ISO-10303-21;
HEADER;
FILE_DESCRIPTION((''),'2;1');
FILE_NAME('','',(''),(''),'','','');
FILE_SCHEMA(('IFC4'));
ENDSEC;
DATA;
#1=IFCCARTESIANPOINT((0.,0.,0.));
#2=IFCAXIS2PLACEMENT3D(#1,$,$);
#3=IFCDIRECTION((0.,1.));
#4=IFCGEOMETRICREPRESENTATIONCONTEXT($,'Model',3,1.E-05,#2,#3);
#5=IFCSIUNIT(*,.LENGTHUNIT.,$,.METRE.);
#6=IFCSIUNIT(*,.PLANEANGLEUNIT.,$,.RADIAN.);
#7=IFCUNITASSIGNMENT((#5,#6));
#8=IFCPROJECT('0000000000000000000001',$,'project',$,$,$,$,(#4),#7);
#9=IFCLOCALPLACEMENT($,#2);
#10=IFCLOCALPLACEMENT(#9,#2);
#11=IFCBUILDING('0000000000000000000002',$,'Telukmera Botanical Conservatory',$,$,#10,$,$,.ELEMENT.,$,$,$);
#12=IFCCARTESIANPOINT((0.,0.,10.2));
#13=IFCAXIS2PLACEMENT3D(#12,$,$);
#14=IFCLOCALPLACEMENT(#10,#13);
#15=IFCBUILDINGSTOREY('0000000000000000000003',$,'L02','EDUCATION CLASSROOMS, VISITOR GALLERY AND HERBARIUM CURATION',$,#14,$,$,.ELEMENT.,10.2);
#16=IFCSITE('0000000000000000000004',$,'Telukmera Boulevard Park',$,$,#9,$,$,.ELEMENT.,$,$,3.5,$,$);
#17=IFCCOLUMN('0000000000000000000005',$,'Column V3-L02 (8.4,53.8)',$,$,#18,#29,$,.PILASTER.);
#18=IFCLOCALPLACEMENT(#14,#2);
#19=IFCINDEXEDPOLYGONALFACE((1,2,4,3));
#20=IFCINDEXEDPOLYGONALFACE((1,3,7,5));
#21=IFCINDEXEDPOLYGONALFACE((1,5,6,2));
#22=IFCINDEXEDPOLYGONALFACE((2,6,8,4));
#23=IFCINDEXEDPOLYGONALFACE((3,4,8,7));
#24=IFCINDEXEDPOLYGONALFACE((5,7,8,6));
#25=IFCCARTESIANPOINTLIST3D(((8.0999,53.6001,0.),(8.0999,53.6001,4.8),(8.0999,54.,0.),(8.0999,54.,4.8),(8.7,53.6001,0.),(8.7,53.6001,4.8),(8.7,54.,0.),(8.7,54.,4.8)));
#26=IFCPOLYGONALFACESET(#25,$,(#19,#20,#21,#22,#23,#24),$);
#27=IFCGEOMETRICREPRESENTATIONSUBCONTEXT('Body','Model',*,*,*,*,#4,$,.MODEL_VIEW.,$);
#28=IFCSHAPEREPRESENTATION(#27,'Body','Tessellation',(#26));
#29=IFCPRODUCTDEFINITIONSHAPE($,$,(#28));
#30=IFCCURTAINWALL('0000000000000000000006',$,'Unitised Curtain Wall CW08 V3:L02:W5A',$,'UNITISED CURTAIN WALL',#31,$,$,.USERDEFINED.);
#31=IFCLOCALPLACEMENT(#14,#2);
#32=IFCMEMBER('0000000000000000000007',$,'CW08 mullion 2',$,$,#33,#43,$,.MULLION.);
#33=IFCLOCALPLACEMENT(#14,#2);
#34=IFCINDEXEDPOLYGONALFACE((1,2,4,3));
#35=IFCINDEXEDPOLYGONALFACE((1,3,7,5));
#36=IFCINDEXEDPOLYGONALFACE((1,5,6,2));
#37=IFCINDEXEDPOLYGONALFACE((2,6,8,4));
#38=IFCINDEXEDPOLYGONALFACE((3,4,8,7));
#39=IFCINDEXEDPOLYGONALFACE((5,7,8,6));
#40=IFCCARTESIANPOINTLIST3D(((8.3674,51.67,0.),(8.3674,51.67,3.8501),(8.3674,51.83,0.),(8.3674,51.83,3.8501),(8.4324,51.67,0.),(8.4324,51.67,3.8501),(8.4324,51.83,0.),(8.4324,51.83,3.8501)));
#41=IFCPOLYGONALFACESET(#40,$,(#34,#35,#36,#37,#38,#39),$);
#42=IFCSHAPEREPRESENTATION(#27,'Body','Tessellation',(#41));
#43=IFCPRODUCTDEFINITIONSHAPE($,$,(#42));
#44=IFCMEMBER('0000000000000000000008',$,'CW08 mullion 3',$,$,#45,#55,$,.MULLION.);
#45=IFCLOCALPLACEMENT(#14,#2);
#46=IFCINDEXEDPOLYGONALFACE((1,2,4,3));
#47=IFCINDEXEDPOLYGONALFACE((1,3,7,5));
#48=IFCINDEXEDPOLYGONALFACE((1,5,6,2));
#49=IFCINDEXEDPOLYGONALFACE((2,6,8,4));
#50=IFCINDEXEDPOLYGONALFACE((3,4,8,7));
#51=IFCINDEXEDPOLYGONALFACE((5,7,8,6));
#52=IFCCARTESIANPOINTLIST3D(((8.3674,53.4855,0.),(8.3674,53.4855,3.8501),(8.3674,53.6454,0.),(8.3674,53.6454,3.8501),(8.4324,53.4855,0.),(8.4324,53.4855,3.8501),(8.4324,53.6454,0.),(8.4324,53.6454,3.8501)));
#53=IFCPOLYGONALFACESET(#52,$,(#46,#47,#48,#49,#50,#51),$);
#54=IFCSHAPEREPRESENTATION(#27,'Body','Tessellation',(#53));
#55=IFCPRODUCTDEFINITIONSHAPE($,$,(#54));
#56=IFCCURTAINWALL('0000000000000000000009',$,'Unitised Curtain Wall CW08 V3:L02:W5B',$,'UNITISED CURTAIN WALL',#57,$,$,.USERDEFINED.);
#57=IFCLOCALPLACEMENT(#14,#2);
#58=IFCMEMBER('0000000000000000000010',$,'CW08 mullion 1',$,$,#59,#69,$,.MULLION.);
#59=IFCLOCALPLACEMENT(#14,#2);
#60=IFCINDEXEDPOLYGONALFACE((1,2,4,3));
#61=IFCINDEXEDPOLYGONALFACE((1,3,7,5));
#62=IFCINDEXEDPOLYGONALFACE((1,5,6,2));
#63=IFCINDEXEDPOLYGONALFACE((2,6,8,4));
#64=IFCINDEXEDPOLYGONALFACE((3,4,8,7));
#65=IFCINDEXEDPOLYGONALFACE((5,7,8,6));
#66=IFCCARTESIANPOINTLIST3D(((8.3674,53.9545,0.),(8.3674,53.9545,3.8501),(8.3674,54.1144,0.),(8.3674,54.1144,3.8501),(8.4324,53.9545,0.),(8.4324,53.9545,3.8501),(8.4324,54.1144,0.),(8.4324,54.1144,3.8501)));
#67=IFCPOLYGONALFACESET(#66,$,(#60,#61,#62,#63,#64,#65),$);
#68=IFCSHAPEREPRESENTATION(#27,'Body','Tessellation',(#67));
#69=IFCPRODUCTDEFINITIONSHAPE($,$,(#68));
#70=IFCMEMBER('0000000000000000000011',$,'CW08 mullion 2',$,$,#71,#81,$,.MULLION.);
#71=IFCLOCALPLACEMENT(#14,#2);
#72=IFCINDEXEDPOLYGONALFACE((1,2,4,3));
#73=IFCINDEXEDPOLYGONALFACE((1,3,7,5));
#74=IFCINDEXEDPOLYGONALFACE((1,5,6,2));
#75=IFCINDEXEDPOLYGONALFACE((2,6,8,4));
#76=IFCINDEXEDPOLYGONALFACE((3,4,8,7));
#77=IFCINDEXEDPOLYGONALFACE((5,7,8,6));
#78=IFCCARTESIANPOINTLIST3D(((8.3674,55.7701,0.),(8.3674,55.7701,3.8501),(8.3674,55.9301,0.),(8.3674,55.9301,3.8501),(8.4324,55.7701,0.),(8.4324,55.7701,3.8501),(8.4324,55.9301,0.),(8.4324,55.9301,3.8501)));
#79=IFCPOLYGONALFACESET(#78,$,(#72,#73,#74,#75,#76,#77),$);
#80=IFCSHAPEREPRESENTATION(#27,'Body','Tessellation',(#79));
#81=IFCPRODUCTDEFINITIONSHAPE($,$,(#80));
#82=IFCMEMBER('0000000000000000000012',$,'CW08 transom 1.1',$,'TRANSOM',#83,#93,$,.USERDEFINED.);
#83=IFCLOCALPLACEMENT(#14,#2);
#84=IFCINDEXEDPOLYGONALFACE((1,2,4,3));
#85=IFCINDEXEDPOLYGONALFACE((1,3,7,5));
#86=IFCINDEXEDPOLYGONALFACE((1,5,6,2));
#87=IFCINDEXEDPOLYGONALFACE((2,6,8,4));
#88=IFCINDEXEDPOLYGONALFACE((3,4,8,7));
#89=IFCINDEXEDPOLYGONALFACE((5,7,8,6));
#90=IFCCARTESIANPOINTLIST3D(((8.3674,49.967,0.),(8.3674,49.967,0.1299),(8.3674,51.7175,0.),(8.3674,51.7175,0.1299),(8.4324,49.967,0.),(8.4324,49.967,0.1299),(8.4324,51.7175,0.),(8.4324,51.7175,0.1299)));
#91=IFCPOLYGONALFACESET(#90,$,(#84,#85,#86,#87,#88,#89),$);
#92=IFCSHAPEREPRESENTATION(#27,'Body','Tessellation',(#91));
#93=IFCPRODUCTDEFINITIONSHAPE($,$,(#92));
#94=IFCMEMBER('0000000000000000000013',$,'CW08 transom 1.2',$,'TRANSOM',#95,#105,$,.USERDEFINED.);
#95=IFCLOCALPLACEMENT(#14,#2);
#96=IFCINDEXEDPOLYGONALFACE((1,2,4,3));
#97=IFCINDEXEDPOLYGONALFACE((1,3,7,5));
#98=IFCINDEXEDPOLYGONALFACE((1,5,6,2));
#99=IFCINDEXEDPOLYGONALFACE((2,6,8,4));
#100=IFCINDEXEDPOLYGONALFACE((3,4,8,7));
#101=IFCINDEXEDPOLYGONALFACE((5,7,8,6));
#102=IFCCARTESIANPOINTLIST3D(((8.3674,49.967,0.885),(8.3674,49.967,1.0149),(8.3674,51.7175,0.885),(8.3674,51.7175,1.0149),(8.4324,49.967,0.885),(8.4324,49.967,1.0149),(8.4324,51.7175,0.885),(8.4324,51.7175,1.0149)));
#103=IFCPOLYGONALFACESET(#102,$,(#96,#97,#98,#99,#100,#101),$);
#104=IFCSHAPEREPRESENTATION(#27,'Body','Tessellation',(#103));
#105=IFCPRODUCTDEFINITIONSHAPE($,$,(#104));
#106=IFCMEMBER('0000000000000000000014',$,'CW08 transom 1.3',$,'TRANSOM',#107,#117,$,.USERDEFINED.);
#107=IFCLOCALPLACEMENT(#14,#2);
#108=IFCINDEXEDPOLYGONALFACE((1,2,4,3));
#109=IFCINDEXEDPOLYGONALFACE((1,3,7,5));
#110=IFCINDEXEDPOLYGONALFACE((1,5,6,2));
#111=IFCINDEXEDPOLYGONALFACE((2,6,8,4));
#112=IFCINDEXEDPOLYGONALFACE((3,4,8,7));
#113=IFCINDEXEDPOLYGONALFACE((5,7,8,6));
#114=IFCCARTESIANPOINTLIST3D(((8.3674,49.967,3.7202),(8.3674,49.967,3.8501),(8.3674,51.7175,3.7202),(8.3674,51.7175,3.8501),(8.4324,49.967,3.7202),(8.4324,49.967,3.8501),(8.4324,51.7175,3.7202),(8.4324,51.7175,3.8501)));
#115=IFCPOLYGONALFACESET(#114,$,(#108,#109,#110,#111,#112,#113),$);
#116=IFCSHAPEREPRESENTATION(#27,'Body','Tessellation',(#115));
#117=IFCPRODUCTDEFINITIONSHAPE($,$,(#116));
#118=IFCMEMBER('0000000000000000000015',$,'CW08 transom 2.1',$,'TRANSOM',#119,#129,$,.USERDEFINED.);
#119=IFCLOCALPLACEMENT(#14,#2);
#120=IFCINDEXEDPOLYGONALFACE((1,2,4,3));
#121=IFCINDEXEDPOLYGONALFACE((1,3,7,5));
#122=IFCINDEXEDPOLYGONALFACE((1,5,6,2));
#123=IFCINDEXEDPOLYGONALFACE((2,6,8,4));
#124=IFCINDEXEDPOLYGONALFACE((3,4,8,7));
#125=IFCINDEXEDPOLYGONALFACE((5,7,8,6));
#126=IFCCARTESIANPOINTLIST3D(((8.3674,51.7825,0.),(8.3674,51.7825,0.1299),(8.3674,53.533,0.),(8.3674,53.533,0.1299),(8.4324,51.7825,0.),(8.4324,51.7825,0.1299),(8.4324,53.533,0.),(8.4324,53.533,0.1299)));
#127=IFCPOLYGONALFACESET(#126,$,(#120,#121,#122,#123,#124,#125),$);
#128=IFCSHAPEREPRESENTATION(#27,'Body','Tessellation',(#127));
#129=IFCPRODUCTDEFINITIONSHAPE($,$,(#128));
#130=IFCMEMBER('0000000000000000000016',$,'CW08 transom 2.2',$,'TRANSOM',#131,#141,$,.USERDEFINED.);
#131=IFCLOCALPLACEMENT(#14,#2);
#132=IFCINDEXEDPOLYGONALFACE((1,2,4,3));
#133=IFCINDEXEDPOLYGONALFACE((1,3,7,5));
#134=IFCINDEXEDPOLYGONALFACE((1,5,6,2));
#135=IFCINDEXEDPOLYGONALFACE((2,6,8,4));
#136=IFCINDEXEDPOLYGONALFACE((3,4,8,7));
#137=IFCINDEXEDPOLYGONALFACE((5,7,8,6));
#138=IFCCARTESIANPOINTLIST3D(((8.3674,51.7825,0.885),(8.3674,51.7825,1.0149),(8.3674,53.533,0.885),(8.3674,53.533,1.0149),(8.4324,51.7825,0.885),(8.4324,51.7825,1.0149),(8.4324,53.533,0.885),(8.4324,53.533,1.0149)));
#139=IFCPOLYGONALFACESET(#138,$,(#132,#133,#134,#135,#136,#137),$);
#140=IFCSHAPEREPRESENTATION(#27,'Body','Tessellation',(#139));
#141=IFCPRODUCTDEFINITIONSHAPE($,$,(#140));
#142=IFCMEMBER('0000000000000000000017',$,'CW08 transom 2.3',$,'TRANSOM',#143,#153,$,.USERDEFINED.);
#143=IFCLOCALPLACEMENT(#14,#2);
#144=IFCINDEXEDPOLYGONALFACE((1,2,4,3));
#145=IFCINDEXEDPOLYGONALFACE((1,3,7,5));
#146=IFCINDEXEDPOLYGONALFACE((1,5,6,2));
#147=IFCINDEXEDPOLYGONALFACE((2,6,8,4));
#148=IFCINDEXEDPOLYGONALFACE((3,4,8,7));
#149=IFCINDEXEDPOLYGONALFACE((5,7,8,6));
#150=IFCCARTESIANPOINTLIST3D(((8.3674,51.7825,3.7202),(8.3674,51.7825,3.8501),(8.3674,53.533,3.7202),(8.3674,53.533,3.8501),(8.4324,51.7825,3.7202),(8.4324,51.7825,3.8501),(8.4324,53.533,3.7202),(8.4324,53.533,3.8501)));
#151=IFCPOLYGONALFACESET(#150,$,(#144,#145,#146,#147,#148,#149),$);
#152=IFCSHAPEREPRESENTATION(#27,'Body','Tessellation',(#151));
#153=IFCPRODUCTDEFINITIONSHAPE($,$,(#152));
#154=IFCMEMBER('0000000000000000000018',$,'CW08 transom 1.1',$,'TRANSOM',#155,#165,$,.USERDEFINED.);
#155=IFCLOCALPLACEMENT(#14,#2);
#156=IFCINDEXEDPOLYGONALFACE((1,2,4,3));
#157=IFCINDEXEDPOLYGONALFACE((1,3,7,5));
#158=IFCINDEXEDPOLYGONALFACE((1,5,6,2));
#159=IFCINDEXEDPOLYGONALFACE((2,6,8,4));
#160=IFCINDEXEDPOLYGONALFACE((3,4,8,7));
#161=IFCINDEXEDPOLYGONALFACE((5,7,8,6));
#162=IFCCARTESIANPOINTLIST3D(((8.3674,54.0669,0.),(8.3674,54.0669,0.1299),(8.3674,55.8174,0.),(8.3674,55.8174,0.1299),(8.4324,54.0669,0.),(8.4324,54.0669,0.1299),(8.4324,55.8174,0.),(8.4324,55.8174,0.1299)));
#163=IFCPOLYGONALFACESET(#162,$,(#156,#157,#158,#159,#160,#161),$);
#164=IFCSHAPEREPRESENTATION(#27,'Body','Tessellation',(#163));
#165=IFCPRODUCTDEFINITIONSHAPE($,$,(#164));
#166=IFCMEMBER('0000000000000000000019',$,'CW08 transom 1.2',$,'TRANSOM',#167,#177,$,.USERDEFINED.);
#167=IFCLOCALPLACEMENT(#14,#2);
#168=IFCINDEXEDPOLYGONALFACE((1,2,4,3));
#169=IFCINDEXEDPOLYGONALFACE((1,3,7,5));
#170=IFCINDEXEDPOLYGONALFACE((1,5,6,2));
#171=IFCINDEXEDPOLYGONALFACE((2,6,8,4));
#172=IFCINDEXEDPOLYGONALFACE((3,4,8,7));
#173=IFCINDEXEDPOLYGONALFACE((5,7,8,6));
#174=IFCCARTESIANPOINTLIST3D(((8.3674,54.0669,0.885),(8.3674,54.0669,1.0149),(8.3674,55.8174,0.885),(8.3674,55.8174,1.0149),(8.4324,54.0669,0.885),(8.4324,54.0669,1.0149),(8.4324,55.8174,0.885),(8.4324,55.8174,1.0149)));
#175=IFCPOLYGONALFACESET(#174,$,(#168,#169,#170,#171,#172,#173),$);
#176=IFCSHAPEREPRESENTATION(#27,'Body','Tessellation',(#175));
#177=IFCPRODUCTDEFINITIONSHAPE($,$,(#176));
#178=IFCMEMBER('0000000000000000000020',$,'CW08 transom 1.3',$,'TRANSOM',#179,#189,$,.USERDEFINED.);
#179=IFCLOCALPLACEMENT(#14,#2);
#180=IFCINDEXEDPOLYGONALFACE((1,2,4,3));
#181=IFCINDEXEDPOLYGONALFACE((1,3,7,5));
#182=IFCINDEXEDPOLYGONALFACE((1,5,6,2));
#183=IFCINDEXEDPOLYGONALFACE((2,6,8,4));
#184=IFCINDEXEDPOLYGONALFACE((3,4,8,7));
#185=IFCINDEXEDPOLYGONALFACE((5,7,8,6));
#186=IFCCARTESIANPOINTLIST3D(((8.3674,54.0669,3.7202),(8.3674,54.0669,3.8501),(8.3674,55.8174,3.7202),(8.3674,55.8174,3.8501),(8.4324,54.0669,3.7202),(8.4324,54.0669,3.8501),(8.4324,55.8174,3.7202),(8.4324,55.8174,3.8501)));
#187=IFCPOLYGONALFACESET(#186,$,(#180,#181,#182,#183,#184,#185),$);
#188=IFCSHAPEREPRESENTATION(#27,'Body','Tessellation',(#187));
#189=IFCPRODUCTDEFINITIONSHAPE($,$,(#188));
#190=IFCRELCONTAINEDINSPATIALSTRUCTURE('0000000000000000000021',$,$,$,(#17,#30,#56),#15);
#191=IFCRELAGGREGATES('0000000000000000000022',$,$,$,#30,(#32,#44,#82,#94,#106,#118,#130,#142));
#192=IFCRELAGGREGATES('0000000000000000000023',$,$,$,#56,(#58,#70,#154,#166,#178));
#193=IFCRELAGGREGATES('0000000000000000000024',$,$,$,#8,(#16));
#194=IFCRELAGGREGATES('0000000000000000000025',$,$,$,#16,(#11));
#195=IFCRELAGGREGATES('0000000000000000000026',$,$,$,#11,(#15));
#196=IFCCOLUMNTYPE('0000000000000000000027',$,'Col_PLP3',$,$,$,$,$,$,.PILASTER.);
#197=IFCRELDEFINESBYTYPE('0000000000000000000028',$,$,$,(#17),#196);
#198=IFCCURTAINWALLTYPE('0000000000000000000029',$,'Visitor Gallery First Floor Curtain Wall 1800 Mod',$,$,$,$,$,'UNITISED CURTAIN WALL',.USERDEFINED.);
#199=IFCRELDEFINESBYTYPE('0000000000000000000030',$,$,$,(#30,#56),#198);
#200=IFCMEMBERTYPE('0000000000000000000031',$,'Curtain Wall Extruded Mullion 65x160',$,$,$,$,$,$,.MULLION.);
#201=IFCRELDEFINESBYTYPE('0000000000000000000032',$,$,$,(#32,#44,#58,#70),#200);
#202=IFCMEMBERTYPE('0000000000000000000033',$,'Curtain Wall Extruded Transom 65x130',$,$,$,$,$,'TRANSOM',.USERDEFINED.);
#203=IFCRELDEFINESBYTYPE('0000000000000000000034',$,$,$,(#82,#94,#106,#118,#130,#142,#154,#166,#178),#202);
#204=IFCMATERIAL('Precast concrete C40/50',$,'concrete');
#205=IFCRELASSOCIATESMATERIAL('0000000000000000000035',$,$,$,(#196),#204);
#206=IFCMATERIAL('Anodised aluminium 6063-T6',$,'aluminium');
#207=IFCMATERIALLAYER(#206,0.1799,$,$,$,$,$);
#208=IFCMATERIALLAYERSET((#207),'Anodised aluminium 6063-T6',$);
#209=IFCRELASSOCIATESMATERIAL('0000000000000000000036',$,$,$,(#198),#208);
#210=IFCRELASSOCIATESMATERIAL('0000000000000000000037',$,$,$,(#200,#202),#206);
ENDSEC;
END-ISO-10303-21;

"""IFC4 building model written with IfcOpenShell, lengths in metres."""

from ifc_helpers import new_model, si_unit, direction, frame, origin, origin_2d, place, context, subcontext, project, spatial, rectangle, extrude, material, layer, layer_set, material_profile, profile_set, type_object, element, aggregate, save


model = new_model("IFC4")

# Units and contexts
model_context = context("Model", 3, precision=1e-05, world=origin(), true_north=direction((0.0, 1.0)))
body_context = subcontext(model_context, "Body", "Model", "MODEL_VIEW")
ifc_project = project(units=[si_unit("LENGTHUNIT", "METRE"), si_unit("PLANEANGLEUNIT", "RADIAN")], contexts=[model_context])

# Site, building, storey
site_placement = place(None, origin())
site = spatial("IfcSite", under=ifc_project, at=site_placement, Name="Telukmera Boulevard Park", CompositionType="ELEMENT", RefElevation=3.5)
building_placement = place(site_placement, origin())
building = spatial("IfcBuilding", under=site, at=building_placement, Name="Telukmera Botanical Conservatory", CompositionType="ELEMENT")
storey_placement = place(building_placement, frame((0.0, 0.0, 10.2)))
storey = spatial("IfcBuildingStorey", under=building, at=storey_placement, Name="L02", Description="EDUCATION CLASSROOMS, VISITOR GALLERY AND HERBARIUM CURATION", CompositionType="ELEMENT", Elevation=10.2)

# Column
ifc_material_1 = material(Name="Precast concrete C40/50", Category="concrete")
ifc_material_profile_1 = material_profile(ifc_material_1, rectangle(XDim=0.6001, YDim=0.3999, at=origin_2d()), Name="PC 600x400")
ifc_profile_set_1 = profile_set([ifc_material_profile_1], Name="Precast concrete C40/50")
column_type = type_object("IfcColumnType", Name="Col_PLP3", PredefinedType="PILASTER", material=ifc_profile_set_1)
column_placement = place(storey_placement, frame((8.3999, 53.8, 0.0), z_axis=(0.0, 0.0, 1.0), x_axis=(1.0, 0.0, 0.0)))
element("IfcColumn", 1, at=column_placement, inside=storey, type_object=column_type, Name="Column V3-L02 (8.4,53.8)", PredefinedType="PILASTER", context=body_context, shape_type="SweptSolid", body=[
    extrude(rectangle(XDim=0.6001, YDim=0.3999, at=origin_2d()), origin(), (0.0, 0.0, 1.0), 4.8),
])

# Curtain walls, members
ifc_material_2 = material(Name="Anodised aluminium 6063-T6", Category="aluminium")
ifc_layer_1 = layer(ifc_material_2, 0.1799)
ifc_layer_set_1 = layer_set([ifc_layer_1], Name="Anodised aluminium 6063-T6")
curtain_wall_type = type_object("IfcCurtainWallType", Name="Visitor Gallery First Floor Curtain Wall 1800 Mod", ElementType="UNITISED CURTAIN WALL", PredefinedType="USERDEFINED", material=ifc_layer_set_1)
curtain_wall_1_placement = place(storey_placement, origin())
curtain_wall_1 = element("IfcCurtainWall", 2, at=curtain_wall_1_placement, inside=storey, type_object=curtain_wall_type, Name="Unitised Curtain Wall CW08 V3:L02:W5A", ObjectType="UNITISED CURTAIN WALL", PredefinedType="USERDEFINED")
ifc_material_profile_2 = material_profile(ifc_material_2, rectangle(XDim=0.0649, YDim=0.1599, at=origin_2d()), Name="ALU MULL 65x160")
ifc_profile_set_2 = profile_set([ifc_material_profile_2], Name="Anodised aluminium 6063-T6")
member_type_1 = type_object("IfcMemberType", Name="Curtain Wall Extruded Mullion 65x160", PredefinedType="MULLION", material=ifc_profile_set_2)
member_1_placement = place(storey_placement, frame((8.3999, 51.75, 0.0), z_axis=(0.0, 0.0, 1.0), x_axis=(-1.0, 0.0, 0.0)))
member_1 = element("IfcMember", 3, at=member_1_placement, type_object=member_type_1, Name="CW08 mullion 2", PredefinedType="MULLION", context=body_context, shape_type="SweptSolid", body=[
    extrude(rectangle(XDim=0.0649, YDim=0.1599, at=origin_2d()), origin(), (0.0, 0.0, 1.0), 3.8501),
])
member_2_placement = place(storey_placement, frame((8.3999, 53.5654, 0.0), z_axis=(0.0, 0.0, 1.0), x_axis=(-1.0, 0.0, 0.0)))
member_2 = element("IfcMember", 4, at=member_2_placement, type_object=member_type_1, Name="CW08 mullion 3", PredefinedType="MULLION", context=body_context, shape_type="SweptSolid", body=[
    extrude(rectangle(XDim=0.0649, YDim=0.1599, at=origin_2d()), origin(), (0.0, 0.0, 1.0), 3.8501),
])
curtain_wall_2_placement = place(storey_placement, origin())
curtain_wall_2 = element("IfcCurtainWall", 5, at=curtain_wall_2_placement, inside=storey, type_object=curtain_wall_type, Name="Unitised Curtain Wall CW08 V3:L02:W5B", ObjectType="UNITISED CURTAIN WALL", PredefinedType="USERDEFINED")
member_3_placement = place(storey_placement, frame((8.3999, 54.0344, 0.0), z_axis=(0.0, 0.0, 1.0), x_axis=(-1.0, 0.0, 0.0)))
member_3 = element("IfcMember", 6, at=member_3_placement, type_object=member_type_1, Name="CW08 mullion 1", PredefinedType="MULLION", context=body_context, shape_type="SweptSolid", body=[
    extrude(rectangle(XDim=0.0649, YDim=0.1599, at=origin_2d()), origin(), (0.0, 0.0, 1.0), 3.8501),
])
member_4_placement = place(storey_placement, frame((8.3999, 55.8501, 0.0), z_axis=(0.0, 0.0, 1.0), x_axis=(-1.0, 0.0, 0.0)))
member_4 = element("IfcMember", 7, at=member_4_placement, type_object=member_type_1, Name="CW08 mullion 2", PredefinedType="MULLION", context=body_context, shape_type="SweptSolid", body=[
    extrude(rectangle(XDim=0.0649, YDim=0.1599, at=origin_2d()), origin(), (0.0, 0.0, 1.0), 3.8501),
])

# Members
ifc_material_profile_3 = material_profile(ifc_material_2, rectangle(XDim=0.0649, YDim=0.1299, at=origin_2d()), Name="ALU TRAN 65x130")
ifc_profile_set_3 = profile_set([ifc_material_profile_3], Name="Anodised aluminium 6063-T6")
member_type_2 = type_object("IfcMemberType", Name="Curtain Wall Extruded Transom 65x130", ElementType="TRANSOM", PredefinedType="USERDEFINED", material=ifc_profile_set_3)
member_5_placement = place(storey_placement, frame((8.3999, 49.967, 0.0649), z_axis=(0.0, 1.0, 0.0), x_axis=(-1.0, 0.0, 0.0)))
member_5 = element("IfcMember", 8, at=member_5_placement, type_object=member_type_2, Name="CW08 transom 1.1", ObjectType="TRANSOM", PredefinedType="USERDEFINED", context=body_context, shape_type="SweptSolid", body=[
    extrude(rectangle(XDim=0.0649, YDim=0.1299, at=origin_2d()), origin(), (0.0, 0.0, 1.0), 1.7505),
])
member_6_placement = place(storey_placement, frame((8.3999, 49.967, 0.95), z_axis=(0.0, 1.0, 0.0), x_axis=(-1.0, 0.0, 0.0)))
member_6 = element("IfcMember", 9, at=member_6_placement, type_object=member_type_2, Name="CW08 transom 1.2", ObjectType="TRANSOM", PredefinedType="USERDEFINED", context=body_context, shape_type="SweptSolid", body=[
    extrude(rectangle(XDim=0.0649, YDim=0.1299, at=origin_2d()), origin(), (0.0, 0.0, 1.0), 1.7505),
])
member_7_placement = place(storey_placement, frame((8.3999, 49.967, 3.7852), z_axis=(0.0, 1.0, 0.0), x_axis=(-1.0, 0.0, 0.0)))
member_7 = element("IfcMember", 10, at=member_7_placement, type_object=member_type_2, Name="CW08 transom 1.3", ObjectType="TRANSOM", PredefinedType="USERDEFINED", context=body_context, shape_type="SweptSolid", body=[
    extrude(rectangle(XDim=0.0649, YDim=0.1299, at=origin_2d()), origin(), (0.0, 0.0, 1.0), 1.7505),
])
member_8_placement = place(storey_placement, frame((8.3999, 51.7825, 0.0649), z_axis=(0.0, 1.0, 0.0), x_axis=(-1.0, 0.0, 0.0)))
member_8 = element("IfcMember", 11, at=member_8_placement, type_object=member_type_2, Name="CW08 transom 2.1", ObjectType="TRANSOM", PredefinedType="USERDEFINED", context=body_context, shape_type="SweptSolid", body=[
    extrude(rectangle(XDim=0.0649, YDim=0.1299, at=origin_2d()), origin(), (0.0, 0.0, 1.0), 1.7505),
])
member_9_placement = place(storey_placement, frame((8.3999, 51.7825, 0.95), z_axis=(0.0, 1.0, 0.0), x_axis=(-1.0, 0.0, 0.0)))
member_9 = element("IfcMember", 12, at=member_9_placement, type_object=member_type_2, Name="CW08 transom 2.2", ObjectType="TRANSOM", PredefinedType="USERDEFINED", context=body_context, shape_type="SweptSolid", body=[
    extrude(rectangle(XDim=0.0649, YDim=0.1299, at=origin_2d()), origin(), (0.0, 0.0, 1.0), 1.7505),
])
member_10_placement = place(storey_placement, frame((8.3999, 51.7825, 3.7852), z_axis=(0.0, 1.0, 0.0), x_axis=(-1.0, 0.0, 0.0)))
member_10 = element("IfcMember", 13, at=member_10_placement, type_object=member_type_2, Name="CW08 transom 2.3", ObjectType="TRANSOM", PredefinedType="USERDEFINED", context=body_context, shape_type="SweptSolid", body=[
    extrude(rectangle(XDim=0.0649, YDim=0.1299, at=origin_2d()), origin(), (0.0, 0.0, 1.0), 1.7505),
])
member_11_placement = place(storey_placement, frame((8.3999, 54.0669, 0.0649), z_axis=(0.0, 1.0, 0.0), x_axis=(-1.0, 0.0, 0.0)))
member_11 = element("IfcMember", 14, at=member_11_placement, type_object=member_type_2, Name="CW08 transom 1.1", ObjectType="TRANSOM", PredefinedType="USERDEFINED", context=body_context, shape_type="SweptSolid", body=[
    extrude(rectangle(XDim=0.0649, YDim=0.1299, at=origin_2d()), origin(), (0.0, 0.0, 1.0), 1.7505),
])
member_12_placement = place(storey_placement, frame((8.3999, 54.0669, 0.95), z_axis=(0.0, 1.0, 0.0), x_axis=(-1.0, 0.0, 0.0)))
member_12 = element("IfcMember", 15, at=member_12_placement, type_object=member_type_2, Name="CW08 transom 1.2", ObjectType="TRANSOM", PredefinedType="USERDEFINED", context=body_context, shape_type="SweptSolid", body=[
    extrude(rectangle(XDim=0.0649, YDim=0.1299, at=origin_2d()), origin(), (0.0, 0.0, 1.0), 1.7505),
])
member_13_placement = place(storey_placement, frame((8.3999, 54.0669, 3.7852), z_axis=(0.0, 1.0, 0.0), x_axis=(-1.0, 0.0, 0.0)))
member_13 = element("IfcMember", 16, at=member_13_placement, type_object=member_type_2, Name="CW08 transom 1.3", ObjectType="TRANSOM", PredefinedType="USERDEFINED", context=body_context, shape_type="SweptSolid", body=[
    extrude(rectangle(XDim=0.0649, YDim=0.1299, at=origin_2d()), origin(), (0.0, 0.0, 1.0), 1.7505),
])

aggregate(curtain_wall_1, [member_1, member_2, member_5, member_6, member_7, member_8, member_9, member_10])
aggregate(curtain_wall_2, [member_3, member_4, member_11, member_12, member_13])

save(model, "model.ifc")
